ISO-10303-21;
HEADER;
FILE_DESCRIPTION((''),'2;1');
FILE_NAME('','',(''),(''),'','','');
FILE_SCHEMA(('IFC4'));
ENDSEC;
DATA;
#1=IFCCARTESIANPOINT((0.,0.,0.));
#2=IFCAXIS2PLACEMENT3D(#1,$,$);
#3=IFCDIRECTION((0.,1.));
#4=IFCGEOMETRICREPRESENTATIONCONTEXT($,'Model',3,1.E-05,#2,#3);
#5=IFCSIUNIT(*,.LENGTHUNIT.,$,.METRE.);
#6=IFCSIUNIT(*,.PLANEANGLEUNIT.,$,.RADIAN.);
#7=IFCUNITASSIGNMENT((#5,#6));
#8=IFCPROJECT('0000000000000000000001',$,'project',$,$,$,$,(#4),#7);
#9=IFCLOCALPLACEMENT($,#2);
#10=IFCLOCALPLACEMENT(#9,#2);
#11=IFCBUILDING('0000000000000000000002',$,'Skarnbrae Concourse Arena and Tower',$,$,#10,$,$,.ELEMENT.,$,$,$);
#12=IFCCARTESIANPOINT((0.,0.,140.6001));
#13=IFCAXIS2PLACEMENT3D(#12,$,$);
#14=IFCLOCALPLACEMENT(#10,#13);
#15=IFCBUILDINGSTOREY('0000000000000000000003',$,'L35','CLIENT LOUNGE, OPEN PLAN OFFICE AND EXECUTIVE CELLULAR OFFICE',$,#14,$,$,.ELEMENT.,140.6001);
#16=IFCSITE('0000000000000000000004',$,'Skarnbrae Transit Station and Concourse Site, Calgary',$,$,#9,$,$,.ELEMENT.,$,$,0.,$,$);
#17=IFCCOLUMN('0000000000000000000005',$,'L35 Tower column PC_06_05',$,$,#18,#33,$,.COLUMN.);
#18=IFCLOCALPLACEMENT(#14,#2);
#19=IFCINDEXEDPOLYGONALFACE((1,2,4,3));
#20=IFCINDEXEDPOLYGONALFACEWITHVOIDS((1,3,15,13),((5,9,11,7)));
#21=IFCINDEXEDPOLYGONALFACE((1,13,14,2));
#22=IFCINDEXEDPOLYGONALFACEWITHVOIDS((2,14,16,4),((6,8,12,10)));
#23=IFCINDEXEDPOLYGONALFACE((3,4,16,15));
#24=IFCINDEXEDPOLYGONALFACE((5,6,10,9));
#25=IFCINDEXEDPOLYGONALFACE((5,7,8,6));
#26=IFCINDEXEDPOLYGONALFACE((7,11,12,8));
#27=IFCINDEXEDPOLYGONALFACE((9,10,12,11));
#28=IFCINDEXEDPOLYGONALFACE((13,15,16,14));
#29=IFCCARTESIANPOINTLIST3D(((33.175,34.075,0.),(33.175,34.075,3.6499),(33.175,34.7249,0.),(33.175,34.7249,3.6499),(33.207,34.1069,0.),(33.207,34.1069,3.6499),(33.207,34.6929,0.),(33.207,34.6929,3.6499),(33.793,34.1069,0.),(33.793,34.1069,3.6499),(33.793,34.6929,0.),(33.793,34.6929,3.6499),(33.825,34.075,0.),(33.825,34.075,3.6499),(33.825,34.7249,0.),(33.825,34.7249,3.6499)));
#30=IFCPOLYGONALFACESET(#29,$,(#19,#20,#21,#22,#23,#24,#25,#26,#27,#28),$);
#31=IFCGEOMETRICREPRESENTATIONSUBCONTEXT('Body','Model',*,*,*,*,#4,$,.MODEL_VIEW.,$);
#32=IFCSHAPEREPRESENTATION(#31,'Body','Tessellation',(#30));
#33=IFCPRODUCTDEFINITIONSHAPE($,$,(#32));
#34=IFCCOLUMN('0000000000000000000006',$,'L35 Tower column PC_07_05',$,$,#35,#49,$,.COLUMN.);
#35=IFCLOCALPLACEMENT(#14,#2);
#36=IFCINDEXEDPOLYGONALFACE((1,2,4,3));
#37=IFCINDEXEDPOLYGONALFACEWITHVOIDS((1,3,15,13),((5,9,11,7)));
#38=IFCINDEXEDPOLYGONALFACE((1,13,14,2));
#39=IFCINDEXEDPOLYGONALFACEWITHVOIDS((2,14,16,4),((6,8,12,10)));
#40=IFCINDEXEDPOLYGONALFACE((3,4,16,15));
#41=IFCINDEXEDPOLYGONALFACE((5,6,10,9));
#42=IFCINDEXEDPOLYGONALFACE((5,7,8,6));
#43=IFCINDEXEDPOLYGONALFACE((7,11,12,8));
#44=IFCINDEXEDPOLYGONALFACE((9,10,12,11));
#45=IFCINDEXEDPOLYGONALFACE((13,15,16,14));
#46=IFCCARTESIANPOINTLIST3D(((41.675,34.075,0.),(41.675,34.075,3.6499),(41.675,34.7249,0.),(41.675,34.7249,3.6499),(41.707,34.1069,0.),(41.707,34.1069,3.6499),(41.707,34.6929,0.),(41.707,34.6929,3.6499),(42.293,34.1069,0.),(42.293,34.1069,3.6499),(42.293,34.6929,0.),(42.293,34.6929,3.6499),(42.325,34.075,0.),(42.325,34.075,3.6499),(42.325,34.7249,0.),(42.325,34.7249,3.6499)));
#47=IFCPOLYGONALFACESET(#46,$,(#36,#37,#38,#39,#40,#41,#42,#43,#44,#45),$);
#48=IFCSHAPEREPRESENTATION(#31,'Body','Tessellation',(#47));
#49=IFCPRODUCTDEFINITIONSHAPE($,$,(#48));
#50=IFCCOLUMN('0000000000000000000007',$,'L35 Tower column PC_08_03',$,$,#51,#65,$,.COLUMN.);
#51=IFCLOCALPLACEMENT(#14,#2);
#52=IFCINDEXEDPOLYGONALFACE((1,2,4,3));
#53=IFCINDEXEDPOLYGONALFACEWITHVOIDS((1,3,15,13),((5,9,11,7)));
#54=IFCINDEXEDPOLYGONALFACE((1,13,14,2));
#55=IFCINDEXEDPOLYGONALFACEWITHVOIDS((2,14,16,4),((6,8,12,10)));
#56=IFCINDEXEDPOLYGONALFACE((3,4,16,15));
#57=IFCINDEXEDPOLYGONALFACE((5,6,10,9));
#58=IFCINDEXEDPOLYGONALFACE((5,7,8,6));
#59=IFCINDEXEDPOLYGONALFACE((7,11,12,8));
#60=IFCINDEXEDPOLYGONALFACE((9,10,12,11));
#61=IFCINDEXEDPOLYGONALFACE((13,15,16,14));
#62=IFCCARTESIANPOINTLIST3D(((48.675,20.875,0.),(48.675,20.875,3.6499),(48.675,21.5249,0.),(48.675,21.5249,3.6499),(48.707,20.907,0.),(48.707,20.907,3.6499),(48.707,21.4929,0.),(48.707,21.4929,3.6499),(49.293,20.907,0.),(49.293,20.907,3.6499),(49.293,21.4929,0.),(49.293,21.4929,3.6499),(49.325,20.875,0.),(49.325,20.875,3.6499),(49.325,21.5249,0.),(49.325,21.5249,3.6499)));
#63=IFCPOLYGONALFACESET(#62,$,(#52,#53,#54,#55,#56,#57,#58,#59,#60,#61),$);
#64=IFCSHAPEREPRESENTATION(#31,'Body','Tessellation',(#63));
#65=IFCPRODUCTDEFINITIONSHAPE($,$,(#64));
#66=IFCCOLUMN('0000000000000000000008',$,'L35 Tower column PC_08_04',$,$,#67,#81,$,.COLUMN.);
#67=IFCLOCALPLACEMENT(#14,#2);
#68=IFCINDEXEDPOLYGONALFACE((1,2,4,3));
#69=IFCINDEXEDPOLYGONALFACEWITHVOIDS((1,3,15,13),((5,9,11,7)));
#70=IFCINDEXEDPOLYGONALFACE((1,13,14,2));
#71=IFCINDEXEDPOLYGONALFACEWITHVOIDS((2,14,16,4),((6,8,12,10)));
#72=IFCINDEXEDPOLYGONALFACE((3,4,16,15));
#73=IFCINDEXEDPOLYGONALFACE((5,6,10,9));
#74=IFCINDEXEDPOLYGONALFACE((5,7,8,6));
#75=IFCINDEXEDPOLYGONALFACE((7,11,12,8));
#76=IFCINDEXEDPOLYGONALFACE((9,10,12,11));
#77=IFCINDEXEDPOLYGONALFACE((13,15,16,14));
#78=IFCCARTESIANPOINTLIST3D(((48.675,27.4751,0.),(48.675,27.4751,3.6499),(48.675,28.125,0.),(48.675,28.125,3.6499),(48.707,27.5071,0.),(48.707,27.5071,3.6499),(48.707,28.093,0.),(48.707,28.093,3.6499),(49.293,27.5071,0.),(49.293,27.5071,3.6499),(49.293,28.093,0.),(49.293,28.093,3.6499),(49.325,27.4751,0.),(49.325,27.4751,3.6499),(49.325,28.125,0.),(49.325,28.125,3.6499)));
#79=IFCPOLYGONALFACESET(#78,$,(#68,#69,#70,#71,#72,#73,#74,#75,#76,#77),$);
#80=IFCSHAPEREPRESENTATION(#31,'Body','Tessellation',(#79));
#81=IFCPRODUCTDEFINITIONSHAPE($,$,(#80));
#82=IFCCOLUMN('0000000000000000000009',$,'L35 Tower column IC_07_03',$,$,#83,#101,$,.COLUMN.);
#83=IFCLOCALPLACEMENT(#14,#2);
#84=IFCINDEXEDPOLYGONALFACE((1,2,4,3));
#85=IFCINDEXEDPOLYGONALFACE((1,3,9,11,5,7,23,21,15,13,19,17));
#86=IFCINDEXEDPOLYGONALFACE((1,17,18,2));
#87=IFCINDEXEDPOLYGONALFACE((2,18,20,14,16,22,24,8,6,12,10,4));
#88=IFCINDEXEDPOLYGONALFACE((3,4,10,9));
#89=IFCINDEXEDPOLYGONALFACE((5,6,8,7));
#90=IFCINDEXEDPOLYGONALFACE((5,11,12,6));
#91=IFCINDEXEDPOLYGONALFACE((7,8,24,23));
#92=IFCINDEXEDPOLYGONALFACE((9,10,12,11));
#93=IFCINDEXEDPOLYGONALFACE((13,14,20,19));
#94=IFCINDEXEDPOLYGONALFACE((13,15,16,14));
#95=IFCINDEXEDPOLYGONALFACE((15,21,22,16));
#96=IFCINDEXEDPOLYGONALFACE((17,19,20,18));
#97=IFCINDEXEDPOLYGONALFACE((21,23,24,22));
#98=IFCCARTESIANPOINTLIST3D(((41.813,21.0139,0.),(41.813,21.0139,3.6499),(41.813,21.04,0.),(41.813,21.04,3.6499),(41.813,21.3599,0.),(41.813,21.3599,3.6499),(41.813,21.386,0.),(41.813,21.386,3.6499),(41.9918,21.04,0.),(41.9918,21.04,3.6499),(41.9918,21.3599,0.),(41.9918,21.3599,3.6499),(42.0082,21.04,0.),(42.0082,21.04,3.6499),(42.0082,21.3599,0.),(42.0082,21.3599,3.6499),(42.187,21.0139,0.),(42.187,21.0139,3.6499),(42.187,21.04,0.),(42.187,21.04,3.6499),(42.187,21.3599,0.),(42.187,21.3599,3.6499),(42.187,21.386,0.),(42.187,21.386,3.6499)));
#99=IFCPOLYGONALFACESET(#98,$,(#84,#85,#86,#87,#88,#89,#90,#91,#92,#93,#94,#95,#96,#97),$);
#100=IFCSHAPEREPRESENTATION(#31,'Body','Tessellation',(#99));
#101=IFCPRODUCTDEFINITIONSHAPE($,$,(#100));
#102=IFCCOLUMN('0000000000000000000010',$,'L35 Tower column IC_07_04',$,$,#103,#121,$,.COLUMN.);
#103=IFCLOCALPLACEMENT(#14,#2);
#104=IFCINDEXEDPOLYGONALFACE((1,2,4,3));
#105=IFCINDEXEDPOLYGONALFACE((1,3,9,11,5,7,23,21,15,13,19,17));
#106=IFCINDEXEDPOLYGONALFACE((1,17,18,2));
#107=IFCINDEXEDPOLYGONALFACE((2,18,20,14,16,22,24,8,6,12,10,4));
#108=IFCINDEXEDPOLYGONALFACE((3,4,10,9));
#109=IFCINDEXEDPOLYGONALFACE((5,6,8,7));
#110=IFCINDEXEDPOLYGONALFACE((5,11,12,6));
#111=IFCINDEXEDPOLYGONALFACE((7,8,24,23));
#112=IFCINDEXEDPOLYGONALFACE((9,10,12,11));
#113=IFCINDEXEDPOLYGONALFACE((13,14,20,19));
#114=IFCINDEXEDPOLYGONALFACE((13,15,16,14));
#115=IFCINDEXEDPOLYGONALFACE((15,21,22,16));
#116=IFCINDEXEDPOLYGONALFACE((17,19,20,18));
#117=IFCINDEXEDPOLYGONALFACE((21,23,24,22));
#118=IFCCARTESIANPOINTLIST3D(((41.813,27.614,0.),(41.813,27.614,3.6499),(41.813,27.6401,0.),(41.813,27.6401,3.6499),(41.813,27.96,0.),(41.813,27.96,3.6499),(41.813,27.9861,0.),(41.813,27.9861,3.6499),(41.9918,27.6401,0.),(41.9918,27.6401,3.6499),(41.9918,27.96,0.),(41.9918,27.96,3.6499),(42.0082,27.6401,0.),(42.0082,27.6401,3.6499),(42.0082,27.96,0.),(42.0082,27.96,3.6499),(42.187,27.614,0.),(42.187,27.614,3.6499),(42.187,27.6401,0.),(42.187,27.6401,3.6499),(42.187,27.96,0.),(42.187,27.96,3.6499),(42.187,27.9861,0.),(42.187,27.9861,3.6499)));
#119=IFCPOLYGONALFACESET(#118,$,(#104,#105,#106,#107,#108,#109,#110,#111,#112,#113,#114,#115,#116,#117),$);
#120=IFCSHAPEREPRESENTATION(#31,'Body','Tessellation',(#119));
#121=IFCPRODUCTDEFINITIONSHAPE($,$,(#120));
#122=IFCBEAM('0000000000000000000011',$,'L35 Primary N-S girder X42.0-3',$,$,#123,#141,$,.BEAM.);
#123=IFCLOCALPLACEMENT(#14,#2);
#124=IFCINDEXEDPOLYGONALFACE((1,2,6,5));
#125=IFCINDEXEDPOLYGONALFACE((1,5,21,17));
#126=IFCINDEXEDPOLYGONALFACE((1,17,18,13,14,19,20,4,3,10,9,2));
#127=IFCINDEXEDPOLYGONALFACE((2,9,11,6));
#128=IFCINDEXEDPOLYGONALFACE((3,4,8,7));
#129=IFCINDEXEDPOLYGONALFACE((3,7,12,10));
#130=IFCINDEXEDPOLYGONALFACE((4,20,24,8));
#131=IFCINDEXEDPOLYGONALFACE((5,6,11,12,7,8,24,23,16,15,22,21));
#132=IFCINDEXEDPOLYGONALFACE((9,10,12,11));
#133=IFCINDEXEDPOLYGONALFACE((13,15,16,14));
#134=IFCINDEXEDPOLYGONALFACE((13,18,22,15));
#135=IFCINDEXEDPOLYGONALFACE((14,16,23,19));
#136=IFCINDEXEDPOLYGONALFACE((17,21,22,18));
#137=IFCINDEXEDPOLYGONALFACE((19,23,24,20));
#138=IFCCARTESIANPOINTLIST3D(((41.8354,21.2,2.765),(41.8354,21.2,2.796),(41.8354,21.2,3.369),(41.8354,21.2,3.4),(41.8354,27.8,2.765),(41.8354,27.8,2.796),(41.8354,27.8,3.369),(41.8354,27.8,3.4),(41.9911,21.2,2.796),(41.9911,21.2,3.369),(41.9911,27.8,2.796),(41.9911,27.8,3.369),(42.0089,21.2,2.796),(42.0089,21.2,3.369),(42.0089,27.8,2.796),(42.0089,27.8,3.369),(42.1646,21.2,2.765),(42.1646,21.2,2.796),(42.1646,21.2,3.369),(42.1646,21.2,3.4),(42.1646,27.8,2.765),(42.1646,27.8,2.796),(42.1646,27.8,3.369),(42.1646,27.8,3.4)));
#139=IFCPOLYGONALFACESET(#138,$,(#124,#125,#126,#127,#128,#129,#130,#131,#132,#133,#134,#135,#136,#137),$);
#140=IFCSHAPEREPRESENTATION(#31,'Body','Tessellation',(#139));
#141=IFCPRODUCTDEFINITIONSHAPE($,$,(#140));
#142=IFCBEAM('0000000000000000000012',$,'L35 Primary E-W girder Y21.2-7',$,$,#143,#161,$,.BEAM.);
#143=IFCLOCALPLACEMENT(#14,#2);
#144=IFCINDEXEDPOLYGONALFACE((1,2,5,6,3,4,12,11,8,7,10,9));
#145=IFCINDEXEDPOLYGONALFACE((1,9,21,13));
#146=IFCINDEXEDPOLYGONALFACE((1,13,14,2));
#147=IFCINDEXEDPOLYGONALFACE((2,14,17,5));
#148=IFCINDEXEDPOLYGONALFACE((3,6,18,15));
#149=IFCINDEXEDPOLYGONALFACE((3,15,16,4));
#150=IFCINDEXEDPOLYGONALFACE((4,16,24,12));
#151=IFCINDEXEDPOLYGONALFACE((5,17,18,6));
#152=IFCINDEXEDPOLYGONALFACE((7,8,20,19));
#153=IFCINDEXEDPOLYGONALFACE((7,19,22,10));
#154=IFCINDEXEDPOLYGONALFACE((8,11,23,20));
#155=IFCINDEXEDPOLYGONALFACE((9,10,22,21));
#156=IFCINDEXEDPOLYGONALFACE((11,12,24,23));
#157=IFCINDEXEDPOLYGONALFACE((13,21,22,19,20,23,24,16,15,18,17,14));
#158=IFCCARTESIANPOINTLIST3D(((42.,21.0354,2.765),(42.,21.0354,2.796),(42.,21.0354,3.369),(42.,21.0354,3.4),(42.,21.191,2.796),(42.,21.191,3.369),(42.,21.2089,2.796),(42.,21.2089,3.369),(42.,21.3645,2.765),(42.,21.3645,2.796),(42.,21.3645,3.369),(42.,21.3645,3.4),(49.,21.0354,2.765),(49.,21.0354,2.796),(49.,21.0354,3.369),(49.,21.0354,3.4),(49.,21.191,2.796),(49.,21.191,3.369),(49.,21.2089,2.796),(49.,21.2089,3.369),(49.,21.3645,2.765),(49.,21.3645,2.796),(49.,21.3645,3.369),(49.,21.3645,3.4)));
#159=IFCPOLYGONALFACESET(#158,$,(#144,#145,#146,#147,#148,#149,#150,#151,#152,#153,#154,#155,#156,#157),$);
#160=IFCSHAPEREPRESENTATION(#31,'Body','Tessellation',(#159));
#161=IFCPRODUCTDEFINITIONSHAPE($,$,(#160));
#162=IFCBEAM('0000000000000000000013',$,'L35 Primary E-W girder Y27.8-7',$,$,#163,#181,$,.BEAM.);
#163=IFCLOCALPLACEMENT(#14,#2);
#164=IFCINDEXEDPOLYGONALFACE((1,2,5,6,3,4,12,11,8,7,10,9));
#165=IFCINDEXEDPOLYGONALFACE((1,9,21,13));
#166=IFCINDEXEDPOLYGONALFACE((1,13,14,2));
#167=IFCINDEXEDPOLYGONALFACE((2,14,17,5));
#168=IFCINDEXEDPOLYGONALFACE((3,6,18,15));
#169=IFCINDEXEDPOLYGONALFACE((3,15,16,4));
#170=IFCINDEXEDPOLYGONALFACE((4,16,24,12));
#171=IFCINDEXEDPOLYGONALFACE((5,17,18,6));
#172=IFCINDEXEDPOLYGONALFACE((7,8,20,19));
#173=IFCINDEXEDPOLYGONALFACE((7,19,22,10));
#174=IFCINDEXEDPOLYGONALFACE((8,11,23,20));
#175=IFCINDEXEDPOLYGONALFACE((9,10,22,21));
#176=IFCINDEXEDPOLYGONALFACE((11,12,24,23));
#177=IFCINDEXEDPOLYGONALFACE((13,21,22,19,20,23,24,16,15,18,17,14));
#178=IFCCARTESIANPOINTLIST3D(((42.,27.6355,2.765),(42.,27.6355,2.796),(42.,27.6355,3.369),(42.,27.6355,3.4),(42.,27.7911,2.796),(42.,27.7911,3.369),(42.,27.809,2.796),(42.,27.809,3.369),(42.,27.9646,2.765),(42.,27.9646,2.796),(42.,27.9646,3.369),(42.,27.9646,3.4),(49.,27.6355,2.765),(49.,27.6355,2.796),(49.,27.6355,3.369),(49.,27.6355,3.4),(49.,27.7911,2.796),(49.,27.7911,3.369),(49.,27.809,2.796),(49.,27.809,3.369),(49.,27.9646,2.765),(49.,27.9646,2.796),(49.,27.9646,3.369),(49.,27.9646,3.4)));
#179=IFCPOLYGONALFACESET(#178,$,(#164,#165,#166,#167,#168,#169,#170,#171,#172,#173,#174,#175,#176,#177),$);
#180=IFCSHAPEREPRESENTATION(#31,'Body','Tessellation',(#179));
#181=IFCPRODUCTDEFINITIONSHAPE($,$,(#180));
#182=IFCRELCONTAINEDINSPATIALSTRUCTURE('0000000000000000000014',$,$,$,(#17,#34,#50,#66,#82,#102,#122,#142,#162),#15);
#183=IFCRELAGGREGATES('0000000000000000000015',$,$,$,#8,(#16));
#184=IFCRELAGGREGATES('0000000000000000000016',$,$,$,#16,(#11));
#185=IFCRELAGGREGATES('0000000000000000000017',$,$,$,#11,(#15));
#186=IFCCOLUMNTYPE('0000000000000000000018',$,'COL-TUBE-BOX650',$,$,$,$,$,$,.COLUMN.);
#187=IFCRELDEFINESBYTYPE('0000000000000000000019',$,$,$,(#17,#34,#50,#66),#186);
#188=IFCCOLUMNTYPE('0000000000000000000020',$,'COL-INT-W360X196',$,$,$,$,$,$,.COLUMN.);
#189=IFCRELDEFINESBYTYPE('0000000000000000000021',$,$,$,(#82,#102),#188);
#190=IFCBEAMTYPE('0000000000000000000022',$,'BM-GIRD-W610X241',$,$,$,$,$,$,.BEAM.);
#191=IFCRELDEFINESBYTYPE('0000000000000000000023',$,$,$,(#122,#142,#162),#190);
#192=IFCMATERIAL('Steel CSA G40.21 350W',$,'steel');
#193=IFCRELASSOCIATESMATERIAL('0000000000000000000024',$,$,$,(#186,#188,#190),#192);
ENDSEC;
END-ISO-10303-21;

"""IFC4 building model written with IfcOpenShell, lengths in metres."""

from ifc_helpers import new_model, si_unit, direction, frame, origin, origin_2d, place, context, subcontext, project, spatial, hollow_rectangle, i_section, extrude, source, transform, mapped, material, material_profile, profile_set, type_object, element, save


model = new_model("IFC4")

# Units and contexts
model_context = context("Model", 3, precision=1e-05, world=origin(), true_north=direction((0.0, 1.0)))
body_context = subcontext(model_context, "Body", "Model", "MODEL_VIEW")
ifc_project = project(units=[si_unit("LENGTHUNIT", "METRE"), si_unit("PLANEANGLEUNIT", "RADIAN")], contexts=[model_context])

# Site, building, storey
site_placement = place(None, origin())
site = spatial("IfcSite", under=ifc_project, at=site_placement, Name="Skarnbrae Transit Station and Concourse Site, Calgary", CompositionType="ELEMENT", RefElevation=0.0)
building_placement = place(site_placement, origin())
building = spatial("IfcBuilding", under=site, at=building_placement, Name="Skarnbrae Concourse Arena and Tower", CompositionType="ELEMENT")
storey_placement = place(building_placement, frame((0.0, 0.0, 140.6001)))
storey = spatial("IfcBuildingStorey", under=building, at=storey_placement, Name="L35", Description="CLIENT LOUNGE, OPEN PLAN OFFICE AND EXECUTIVE CELLULAR OFFICE", CompositionType="ELEMENT", Elevation=140.6001)

# Columns
ifc_material_1 = material(Name="Steel CSA G40.21 350W", Category="steel")
ifc_material_profile_1 = material_profile(ifc_material_1, hollow_rectangle(XDim=0.6499, YDim=0.6499, WallThickness=0.032, at=origin_2d()), Name="BOX650X650X32")
ifc_profile_set_1 = profile_set([ifc_material_profile_1], Name="Steel CSA G40.21 350W")
column_type_1 = type_object("IfcColumnType", Name="COL-TUBE-BOX650", PredefinedType="COLUMN", material=ifc_profile_set_1)
shared_shape_1 = source(origin(), body_context, "Body", "SweptSolid", [
    extrude(hollow_rectangle(XDim=0.6499, YDim=0.6499, WallThickness=0.032, at=origin_2d()), origin(), (0.0, 0.0, 1.0), 3.6499),
])
for number, where, z_axis, x_axis, name in (
    (1, (33.5, 34.3999, 0.0), (0.0, 0.0, 1.0), (1.0, 0.0, 0.0), "L35 Tower column PC_06_05"),
    (2, (42.0, 34.3999, 0.0), (0.0, 0.0, 1.0), (1.0, 0.0, 0.0), "L35 Tower column PC_07_05"),
    (3, (49.0, 21.2, 0.0), (0.0, 0.0, 1.0), (1.0, 0.0, 0.0), "L35 Tower column PC_08_03"),
    (4, (49.0, 27.8, 0.0), (0.0, 0.0, 1.0), (1.0, 0.0, 0.0), "L35 Tower column PC_08_04"),
):
    element("IfcColumn", number, at=place(storey_placement, frame(where, z_axis=z_axis, x_axis=x_axis)), inside=storey, type_object=column_type_1, Name=name, PredefinedType="COLUMN", context=body_context, shape_type="MappedRepresentation", body=[
        mapped(shared_shape_1, transform((0.0, 0.0, 0.0))),
    ])
ifc_material_profile_2 = material_profile(ifc_material_1, i_section(OverallWidth=0.374, OverallDepth=0.3721, WebThickness=0.0164, FlangeThickness=0.0261, at=origin_2d()), Name="W360X196")
ifc_profile_set_2 = profile_set([ifc_material_profile_2], Name="Steel CSA G40.21 350W")
column_type_2 = type_object("IfcColumnType", Name="COL-INT-W360X196", PredefinedType="COLUMN", material=ifc_profile_set_2)
shared_shape_2 = source(origin(), body_context, "Body", "SweptSolid", [
    extrude(i_section(OverallWidth=0.374, OverallDepth=0.3721, WebThickness=0.0164, FlangeThickness=0.0261, at=origin_2d()), origin(), (0.0, 0.0, 1.0), 3.6499),
])
for number, where, z_axis, x_axis, name in (
    (5, (42.0, 21.2, 0.0), (0.0, 0.0, 1.0), (1.0, 0.0, 0.0), "L35 Tower column IC_07_03"),
    (6, (42.0, 27.8, 0.0), (0.0, 0.0, 1.0), (1.0, 0.0, 0.0), "L35 Tower column IC_07_04"),
):
    element("IfcColumn", number, at=place(storey_placement, frame(where, z_axis=z_axis, x_axis=x_axis)), inside=storey, type_object=column_type_2, Name=name, PredefinedType="COLUMN", context=body_context, shape_type="MappedRepresentation", body=[
        mapped(shared_shape_2, transform((0.0, 0.0, 0.0))),
    ])

# Beams
ifc_material_profile_3 = material_profile(ifc_material_1, i_section(OverallWidth=0.3291, OverallDepth=0.635, WebThickness=0.0178, FlangeThickness=0.031, at=origin_2d()), Name="W610X241")
ifc_profile_set_3 = profile_set([ifc_material_profile_3], Name="Steel CSA G40.21 350W")
beam_type_1 = type_object("IfcBeamType", Name="BM-GIRD-W610X241", PredefinedType="BEAM", material=ifc_profile_set_3)
shared_shape_3 = source(origin(), body_context, "Body", "SweptSolid", [
    extrude(i_section(OverallWidth=0.3291, OverallDepth=0.635, WebThickness=0.0178, FlangeThickness=0.031, at=origin_2d()), origin(), (0.0, 0.0, 1.0), 6.6001),
])
beam_1_placement = place(storey_placement, frame((42.0, 21.2, 3.0825), z_axis=(0.0, 1.0, 0.0), x_axis=(-1.0, 0.0, 0.0)))
element("IfcBeam", 7, at=beam_1_placement, inside=storey, type_object=beam_type_1, Name="L35 Primary N-S girder X42.0-3", PredefinedType="BEAM", context=body_context, shape_type="MappedRepresentation", body=[
    mapped(shared_shape_3, transform((0.0, 0.0, 0.0))),
])
shared_shape_4 = source(origin(), body_context, "Body", "SweptSolid", [
    extrude(i_section(OverallWidth=0.3291, OverallDepth=0.635, WebThickness=0.0178, FlangeThickness=0.031, at=origin_2d()), origin(), (0.0, 0.0, 1.0), 7.0),
])
for number, where, z_axis, x_axis, name in (
    (8, (42.0, 21.2, 3.0825), (1.0, 0.0, 0.0), (0.0, 1.0, 0.0), "L35 Primary E-W girder Y21.2-7"),
    (9, (42.0, 27.8, 3.0825), (1.0, 0.0, 0.0), (0.0, 1.0, 0.0), "L35 Primary E-W girder Y27.8-7"),
):
    element("IfcBeam", number, at=place(storey_placement, frame(where, z_axis=z_axis, x_axis=x_axis)), inside=storey, type_object=beam_type_1, Name=name, PredefinedType="BEAM", context=body_context, shape_type="MappedRepresentation", body=[
        mapped(shared_shape_4, transform((0.0, 0.0, 0.0))),
    ])

save(model, "model.ifc")
